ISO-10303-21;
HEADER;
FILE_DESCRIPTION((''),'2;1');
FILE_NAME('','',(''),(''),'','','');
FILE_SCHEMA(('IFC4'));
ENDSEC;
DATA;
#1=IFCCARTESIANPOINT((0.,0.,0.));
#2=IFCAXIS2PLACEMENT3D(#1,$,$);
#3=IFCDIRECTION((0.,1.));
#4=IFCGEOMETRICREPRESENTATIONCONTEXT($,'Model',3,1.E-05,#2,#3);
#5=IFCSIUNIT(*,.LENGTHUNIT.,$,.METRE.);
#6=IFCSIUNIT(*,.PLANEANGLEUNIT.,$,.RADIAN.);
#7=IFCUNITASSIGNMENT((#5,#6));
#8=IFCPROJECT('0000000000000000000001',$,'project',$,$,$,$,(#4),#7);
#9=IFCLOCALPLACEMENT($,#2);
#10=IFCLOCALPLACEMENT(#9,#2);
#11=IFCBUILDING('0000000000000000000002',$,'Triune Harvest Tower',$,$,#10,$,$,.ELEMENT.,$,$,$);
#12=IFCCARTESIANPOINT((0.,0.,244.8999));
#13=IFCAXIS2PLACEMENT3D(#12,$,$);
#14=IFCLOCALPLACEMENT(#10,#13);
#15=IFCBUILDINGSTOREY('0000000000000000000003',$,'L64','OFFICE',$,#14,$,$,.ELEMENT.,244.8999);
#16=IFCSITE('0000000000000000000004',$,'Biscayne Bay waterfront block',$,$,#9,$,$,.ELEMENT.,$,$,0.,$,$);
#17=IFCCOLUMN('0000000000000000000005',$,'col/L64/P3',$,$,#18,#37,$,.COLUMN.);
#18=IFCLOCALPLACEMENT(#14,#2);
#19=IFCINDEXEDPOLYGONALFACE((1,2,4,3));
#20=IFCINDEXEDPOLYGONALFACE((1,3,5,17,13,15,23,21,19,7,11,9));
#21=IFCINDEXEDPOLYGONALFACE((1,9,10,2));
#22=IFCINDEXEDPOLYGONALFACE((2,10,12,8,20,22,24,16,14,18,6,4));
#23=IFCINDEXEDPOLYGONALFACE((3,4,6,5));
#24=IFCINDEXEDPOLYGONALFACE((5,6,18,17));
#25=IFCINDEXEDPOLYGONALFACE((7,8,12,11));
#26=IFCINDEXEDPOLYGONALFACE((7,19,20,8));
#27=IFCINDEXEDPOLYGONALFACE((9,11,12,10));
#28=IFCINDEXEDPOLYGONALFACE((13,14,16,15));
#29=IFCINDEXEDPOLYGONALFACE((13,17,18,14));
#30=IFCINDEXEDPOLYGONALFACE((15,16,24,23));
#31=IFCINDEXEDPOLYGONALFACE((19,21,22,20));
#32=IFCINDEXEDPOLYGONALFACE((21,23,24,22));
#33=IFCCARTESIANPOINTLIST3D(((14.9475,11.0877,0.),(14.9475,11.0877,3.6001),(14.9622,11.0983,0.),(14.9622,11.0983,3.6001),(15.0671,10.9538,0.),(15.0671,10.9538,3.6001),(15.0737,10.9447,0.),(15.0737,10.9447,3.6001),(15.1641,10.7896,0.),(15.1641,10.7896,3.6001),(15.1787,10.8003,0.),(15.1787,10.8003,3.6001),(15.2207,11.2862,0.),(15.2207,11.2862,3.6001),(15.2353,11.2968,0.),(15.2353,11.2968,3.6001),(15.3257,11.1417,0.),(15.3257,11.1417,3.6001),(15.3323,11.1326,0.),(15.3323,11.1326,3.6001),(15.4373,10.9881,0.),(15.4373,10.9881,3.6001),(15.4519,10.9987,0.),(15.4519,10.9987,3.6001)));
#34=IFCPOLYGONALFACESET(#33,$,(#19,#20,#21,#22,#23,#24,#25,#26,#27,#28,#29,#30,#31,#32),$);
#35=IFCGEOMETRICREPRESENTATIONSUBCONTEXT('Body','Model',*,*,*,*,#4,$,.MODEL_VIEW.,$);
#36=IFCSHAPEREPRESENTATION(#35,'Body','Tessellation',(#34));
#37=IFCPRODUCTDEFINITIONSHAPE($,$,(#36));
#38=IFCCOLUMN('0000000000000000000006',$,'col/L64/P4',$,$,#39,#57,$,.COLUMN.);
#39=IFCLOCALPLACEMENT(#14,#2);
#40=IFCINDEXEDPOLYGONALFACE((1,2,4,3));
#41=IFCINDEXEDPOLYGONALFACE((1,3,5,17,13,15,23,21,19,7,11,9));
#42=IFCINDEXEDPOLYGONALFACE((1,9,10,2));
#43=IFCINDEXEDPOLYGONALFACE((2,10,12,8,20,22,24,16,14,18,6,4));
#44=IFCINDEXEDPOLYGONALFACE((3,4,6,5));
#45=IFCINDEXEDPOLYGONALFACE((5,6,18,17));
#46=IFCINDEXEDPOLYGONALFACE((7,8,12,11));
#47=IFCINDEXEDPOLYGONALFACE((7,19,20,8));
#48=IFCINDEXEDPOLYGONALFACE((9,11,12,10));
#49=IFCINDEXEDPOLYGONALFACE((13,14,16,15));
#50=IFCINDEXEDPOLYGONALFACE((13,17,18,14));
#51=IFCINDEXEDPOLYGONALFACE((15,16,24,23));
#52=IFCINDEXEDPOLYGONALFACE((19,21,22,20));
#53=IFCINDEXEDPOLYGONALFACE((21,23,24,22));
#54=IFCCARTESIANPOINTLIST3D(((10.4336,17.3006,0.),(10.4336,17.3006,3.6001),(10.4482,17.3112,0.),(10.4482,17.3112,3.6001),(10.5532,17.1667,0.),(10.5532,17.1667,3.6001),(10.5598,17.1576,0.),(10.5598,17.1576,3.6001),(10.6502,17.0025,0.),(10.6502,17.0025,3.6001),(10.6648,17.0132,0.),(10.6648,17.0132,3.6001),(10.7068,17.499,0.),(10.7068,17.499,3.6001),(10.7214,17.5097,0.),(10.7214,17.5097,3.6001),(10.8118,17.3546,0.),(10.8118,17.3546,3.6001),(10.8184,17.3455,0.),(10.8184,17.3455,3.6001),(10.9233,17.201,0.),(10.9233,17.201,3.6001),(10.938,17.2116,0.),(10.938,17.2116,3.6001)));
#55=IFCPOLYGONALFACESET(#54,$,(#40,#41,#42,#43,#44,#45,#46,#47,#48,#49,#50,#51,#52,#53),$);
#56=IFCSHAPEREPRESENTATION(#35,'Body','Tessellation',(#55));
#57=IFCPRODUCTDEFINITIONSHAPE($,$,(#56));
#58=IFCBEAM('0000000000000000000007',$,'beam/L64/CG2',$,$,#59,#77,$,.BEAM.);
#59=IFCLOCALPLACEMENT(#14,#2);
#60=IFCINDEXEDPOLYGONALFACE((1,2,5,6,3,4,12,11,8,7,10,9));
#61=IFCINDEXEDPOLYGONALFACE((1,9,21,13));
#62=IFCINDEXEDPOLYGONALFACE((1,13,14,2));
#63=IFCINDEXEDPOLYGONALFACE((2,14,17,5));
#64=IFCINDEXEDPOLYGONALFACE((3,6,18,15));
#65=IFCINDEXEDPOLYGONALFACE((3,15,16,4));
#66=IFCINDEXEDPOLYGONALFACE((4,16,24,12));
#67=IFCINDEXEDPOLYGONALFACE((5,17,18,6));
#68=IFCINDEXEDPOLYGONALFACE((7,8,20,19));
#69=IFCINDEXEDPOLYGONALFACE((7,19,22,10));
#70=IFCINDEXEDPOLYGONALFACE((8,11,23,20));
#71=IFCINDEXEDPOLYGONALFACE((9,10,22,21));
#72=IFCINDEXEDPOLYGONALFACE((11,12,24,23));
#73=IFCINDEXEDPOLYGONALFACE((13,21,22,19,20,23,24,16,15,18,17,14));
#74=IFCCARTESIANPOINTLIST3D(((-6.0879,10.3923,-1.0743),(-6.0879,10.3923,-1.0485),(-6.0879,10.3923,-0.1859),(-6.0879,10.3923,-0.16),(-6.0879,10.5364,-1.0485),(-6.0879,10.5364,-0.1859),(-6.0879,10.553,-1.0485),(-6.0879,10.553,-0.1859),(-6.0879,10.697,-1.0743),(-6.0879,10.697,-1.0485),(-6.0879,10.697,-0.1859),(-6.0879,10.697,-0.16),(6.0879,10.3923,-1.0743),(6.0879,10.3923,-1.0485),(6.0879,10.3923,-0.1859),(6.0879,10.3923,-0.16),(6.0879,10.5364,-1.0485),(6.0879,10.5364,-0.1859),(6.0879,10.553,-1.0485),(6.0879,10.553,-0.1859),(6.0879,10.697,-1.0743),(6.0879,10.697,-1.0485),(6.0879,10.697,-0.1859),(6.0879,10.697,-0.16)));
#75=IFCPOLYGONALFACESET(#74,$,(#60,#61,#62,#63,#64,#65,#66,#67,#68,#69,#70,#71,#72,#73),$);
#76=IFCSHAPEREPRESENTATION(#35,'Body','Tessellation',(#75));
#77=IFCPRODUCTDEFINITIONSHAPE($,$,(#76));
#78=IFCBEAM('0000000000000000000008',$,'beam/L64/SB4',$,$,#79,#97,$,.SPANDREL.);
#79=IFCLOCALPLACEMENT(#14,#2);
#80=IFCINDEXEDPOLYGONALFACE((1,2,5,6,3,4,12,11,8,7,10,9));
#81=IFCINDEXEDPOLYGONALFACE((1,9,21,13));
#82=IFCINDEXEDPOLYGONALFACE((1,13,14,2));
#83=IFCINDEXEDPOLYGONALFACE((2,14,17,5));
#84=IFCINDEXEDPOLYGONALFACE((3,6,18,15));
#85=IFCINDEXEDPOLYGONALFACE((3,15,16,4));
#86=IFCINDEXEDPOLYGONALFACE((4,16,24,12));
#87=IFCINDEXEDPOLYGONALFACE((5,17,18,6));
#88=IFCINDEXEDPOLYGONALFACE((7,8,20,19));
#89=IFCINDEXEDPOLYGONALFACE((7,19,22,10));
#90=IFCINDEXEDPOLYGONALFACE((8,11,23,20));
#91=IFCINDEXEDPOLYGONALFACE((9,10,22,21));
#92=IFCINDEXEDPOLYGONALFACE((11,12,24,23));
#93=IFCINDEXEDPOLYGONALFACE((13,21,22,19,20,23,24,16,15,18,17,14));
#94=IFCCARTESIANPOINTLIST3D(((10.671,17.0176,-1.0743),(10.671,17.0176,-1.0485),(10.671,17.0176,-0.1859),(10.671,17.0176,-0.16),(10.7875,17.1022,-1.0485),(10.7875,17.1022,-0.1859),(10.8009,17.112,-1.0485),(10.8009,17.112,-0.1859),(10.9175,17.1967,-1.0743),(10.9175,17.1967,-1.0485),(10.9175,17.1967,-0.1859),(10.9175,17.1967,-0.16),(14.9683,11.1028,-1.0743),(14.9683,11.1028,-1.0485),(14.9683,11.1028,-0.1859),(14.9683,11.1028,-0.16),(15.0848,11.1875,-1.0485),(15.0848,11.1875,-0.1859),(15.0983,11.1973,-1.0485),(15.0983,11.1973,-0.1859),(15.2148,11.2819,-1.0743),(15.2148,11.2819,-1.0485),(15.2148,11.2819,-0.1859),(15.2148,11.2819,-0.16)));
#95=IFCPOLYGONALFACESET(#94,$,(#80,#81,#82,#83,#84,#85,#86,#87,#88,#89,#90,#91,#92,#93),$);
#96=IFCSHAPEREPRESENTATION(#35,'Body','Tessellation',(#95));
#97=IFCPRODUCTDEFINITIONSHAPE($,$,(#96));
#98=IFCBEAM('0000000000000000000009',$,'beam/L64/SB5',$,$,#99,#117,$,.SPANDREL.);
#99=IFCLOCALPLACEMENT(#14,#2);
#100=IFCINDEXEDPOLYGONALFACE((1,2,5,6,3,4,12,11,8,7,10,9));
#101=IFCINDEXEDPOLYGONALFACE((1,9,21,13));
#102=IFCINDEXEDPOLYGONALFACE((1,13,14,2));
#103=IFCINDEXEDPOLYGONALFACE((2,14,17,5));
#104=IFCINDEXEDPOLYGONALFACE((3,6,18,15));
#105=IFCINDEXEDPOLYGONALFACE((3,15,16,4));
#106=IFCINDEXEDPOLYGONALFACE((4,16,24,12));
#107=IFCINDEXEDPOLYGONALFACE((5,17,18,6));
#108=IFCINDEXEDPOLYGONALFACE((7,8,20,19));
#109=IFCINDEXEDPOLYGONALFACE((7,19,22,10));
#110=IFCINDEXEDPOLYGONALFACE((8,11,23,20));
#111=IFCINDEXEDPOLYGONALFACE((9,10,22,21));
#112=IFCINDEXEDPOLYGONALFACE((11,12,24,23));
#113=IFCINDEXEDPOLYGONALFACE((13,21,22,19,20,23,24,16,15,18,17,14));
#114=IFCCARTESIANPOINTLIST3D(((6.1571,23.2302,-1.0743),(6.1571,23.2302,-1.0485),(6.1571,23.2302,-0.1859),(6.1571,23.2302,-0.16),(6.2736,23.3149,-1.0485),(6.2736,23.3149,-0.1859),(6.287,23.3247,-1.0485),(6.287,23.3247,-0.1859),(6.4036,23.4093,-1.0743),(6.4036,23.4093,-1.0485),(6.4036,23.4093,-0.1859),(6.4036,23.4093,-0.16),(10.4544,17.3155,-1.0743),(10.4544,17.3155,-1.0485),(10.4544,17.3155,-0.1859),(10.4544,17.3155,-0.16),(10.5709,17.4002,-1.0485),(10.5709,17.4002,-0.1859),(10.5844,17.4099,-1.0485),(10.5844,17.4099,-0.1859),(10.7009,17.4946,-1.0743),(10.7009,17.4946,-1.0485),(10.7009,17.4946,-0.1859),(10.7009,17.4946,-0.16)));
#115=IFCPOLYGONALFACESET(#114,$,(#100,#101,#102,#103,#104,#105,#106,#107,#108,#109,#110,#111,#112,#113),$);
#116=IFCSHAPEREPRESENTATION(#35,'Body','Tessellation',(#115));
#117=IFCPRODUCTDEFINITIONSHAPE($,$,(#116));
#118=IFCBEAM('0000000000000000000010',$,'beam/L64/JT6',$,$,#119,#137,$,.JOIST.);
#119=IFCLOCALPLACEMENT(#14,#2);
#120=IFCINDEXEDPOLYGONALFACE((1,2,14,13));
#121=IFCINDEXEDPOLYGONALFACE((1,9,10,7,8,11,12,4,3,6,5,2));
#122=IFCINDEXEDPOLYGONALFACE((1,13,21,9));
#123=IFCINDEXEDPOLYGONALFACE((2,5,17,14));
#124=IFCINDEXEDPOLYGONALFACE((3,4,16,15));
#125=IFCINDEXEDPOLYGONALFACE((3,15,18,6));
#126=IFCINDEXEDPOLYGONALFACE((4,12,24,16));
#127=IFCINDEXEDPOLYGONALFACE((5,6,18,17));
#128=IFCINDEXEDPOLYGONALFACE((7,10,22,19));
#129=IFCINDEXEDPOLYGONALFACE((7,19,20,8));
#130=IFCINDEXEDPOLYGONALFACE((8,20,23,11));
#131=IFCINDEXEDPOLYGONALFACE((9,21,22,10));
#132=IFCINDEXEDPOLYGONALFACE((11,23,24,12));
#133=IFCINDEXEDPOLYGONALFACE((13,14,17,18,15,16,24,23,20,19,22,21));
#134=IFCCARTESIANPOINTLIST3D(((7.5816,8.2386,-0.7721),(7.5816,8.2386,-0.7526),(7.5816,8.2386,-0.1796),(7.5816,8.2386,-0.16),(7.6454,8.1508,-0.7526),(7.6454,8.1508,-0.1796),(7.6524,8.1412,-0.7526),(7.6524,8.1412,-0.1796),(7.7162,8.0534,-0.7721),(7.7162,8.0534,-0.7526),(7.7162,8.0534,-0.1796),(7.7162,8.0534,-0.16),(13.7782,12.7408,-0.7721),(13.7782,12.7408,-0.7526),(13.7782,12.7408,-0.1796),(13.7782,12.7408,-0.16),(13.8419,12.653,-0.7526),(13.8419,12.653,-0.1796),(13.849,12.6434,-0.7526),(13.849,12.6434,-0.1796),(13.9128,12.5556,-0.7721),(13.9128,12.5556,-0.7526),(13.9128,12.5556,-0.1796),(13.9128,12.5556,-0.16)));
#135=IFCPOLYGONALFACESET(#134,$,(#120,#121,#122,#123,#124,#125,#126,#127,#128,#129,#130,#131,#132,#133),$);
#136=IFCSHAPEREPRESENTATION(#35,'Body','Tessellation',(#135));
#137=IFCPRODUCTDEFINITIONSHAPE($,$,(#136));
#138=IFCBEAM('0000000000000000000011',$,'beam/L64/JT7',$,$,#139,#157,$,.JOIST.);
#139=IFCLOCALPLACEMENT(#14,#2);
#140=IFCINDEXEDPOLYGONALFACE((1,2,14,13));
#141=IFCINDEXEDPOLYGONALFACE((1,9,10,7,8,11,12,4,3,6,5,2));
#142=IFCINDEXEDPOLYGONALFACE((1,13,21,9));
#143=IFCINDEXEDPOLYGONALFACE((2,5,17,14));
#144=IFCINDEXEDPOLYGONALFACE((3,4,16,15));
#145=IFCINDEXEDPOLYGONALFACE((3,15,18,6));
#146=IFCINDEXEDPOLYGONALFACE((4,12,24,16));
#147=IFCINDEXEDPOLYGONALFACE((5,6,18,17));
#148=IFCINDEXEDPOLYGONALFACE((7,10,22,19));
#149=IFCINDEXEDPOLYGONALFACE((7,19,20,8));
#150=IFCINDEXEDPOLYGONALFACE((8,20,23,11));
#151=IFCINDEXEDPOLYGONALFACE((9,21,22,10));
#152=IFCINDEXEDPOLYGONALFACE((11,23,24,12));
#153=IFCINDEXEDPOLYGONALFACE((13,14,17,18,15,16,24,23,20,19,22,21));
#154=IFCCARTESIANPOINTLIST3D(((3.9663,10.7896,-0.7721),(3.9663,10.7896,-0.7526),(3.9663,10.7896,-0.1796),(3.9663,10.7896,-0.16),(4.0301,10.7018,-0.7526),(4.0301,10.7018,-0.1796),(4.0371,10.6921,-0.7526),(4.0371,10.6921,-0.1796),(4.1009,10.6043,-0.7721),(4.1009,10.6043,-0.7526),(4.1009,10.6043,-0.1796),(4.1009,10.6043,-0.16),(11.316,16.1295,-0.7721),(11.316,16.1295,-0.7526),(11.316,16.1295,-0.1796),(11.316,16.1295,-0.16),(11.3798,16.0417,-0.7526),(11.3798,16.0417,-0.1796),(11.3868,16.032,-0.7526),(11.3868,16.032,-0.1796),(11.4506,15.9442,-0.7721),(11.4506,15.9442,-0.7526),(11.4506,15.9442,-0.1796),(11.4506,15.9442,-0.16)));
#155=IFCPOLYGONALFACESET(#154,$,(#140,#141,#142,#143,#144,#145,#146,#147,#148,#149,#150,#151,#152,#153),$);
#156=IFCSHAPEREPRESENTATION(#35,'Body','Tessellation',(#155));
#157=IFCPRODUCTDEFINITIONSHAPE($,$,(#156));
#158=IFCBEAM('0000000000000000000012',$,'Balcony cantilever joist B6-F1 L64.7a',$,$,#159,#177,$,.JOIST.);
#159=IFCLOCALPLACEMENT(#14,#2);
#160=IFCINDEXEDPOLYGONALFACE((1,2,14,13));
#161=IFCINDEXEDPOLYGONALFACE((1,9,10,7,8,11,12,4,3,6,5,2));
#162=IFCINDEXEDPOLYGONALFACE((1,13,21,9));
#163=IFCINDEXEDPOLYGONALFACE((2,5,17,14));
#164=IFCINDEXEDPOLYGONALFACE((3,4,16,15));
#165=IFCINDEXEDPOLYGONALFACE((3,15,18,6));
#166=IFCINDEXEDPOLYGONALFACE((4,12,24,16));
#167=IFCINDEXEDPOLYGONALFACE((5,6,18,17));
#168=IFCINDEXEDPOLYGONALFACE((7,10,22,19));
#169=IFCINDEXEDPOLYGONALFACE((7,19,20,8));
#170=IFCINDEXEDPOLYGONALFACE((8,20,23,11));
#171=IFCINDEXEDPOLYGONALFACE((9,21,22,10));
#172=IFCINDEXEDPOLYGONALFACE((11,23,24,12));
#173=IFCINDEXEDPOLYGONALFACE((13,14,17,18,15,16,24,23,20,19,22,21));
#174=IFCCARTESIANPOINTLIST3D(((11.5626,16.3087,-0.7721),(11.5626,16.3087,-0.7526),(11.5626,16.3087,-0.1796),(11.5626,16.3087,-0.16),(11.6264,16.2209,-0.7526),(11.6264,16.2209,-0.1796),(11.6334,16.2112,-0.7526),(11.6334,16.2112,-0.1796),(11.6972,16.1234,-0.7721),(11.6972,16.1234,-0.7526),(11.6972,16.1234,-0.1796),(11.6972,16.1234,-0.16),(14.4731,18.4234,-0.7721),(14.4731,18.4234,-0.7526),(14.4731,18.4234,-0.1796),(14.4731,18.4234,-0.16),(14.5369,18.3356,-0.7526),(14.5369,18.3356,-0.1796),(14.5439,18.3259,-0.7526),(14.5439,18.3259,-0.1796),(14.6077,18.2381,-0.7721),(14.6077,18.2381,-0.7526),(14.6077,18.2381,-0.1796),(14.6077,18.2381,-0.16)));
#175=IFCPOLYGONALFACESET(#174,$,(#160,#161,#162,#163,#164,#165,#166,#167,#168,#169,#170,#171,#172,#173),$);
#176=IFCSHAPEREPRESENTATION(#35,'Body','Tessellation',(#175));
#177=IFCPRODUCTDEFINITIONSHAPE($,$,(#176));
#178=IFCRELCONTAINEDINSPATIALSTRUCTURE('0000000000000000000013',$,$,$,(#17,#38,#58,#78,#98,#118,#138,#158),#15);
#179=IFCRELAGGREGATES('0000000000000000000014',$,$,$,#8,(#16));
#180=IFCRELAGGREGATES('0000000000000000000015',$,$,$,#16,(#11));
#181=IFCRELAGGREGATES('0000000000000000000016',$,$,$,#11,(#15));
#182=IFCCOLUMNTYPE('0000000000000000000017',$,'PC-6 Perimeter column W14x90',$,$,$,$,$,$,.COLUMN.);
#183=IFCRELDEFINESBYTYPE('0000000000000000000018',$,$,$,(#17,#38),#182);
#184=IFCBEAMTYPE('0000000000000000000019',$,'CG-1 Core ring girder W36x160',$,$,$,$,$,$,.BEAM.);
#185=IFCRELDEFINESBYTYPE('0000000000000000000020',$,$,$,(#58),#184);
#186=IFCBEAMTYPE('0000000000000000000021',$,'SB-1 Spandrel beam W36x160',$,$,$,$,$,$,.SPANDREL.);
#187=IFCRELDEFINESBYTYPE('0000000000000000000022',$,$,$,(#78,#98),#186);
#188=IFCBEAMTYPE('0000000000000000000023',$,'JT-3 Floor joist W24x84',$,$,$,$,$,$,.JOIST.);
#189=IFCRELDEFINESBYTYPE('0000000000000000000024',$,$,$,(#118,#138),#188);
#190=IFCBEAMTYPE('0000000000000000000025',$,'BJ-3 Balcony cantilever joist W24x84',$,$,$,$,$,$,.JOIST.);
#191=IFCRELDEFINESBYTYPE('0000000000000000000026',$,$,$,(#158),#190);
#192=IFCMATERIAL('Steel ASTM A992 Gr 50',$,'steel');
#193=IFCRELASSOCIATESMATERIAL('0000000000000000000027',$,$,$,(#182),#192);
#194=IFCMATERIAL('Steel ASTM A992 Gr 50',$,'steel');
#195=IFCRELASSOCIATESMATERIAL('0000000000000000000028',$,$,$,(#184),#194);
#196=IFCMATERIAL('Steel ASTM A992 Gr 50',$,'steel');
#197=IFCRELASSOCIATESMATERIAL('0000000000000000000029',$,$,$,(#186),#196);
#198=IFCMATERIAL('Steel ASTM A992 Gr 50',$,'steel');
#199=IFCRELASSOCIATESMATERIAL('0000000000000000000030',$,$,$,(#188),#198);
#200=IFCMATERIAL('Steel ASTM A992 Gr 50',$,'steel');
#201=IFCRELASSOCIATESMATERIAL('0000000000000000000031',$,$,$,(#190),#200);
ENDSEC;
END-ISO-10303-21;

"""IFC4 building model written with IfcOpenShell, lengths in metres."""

from ifc_helpers import new_model, si_unit, direction, frame, origin, origin_2d, place, context, subcontext, project, spatial, i_section, extrude, source, transform, mapped, material, material_profile, profile_set, type_object, element, save


model = new_model("IFC4")

# Units and contexts
model_context = context("Model", 3, precision=1e-05, world=origin(), true_north=direction((0.0, 1.0)))
body_context = subcontext(model_context, "Body", "Model", "MODEL_VIEW")
ifc_project = project(units=[si_unit("LENGTHUNIT", "METRE"), si_unit("PLANEANGLEUNIT", "RADIAN")], contexts=[model_context])

# Site, building, storey
site_placement = place(None, origin())
site = spatial("IfcSite", under=ifc_project, at=site_placement, Name="Biscayne Bay waterfront block", CompositionType="ELEMENT", RefElevation=0.0)
building_placement = place(site_placement, origin())
building = spatial("IfcBuilding", under=site, at=building_placement, Name="Triune Harvest Tower", CompositionType="ELEMENT")
storey_placement = place(building_placement, frame((0.0, 0.0, 244.8999)))
storey = spatial("IfcBuildingStorey", under=building, at=storey_placement, Name="L64", Description="OFFICE", CompositionType="ELEMENT", Elevation=244.8999)

# Columns
ifc_material_1 = material(Name="Steel ASTM A992 Gr 50", Category="steel")
ifc_material_profile_1 = material_profile(ifc_material_1, i_section(OverallWidth=0.3684, OverallDepth=0.3557, WebThickness=0.0112, FlangeThickness=0.0181, at=origin_2d()), Name="W14x90")
ifc_profile_set_1 = profile_set([ifc_material_profile_1], Name="Steel ASTM A992 Gr 50")
column_type = type_object("IfcColumnType", Name="PC-6 Perimeter column W14x90", PredefinedType="COLUMN", material=ifc_profile_set_1)
shared_shape_1 = source(origin(), body_context, "Body", "SweptSolid", [
    extrude(i_section(OverallWidth=0.3684, OverallDepth=0.3557, WebThickness=0.0112, FlangeThickness=0.0181, at=origin_2d()), origin(), (0.0, 0.0, 1.0), 3.6001),
])
for number, where, z_axis, x_axis, name in (
    (1, (15.1997, 11.0432, 0.0), (0.0, 0.0, 1.0), (-0.587785, 0.809017, 0.0), "col/L64/P3"),
    (2, (10.6858, 17.2561, 0.0), (0.0, 0.0, 1.0), (-0.587785, 0.809017, 0.0), "col/L64/P4"),
):
    element("IfcColumn", number, at=place(storey_placement, frame(where, z_axis=z_axis, x_axis=x_axis)), inside=storey, type_object=column_type, Name=name, PredefinedType="COLUMN", context=body_context, shape_type="MappedRepresentation", body=[
        mapped(shared_shape_1, transform((0.0, 0.0, 0.0), scale=1.0)),
    ])

# Beams
ifc_material_2 = material(Name="Steel ASTM A992 Gr 50", Category="steel")
ifc_material_profile_2 = material_profile(ifc_material_2, i_section(OverallWidth=0.3047, OverallDepth=0.9143, WebThickness=0.0166, FlangeThickness=0.0259, at=origin_2d()), Name="W36x160")
ifc_profile_set_2 = profile_set([ifc_material_profile_2], Name="Steel ASTM A992 Gr 50")
beam_type_1 = type_object("IfcBeamType", Name="CG-1 Core ring girder W36x160", PredefinedType="BEAM", material=ifc_profile_set_2)
shared_shape_2 = source(origin(), body_context, "Body", "SweptSolid", [
    extrude(i_section(OverallWidth=0.3047, OverallDepth=0.9143, WebThickness=0.0166, FlangeThickness=0.0259, at=origin_2d()), origin(), (0.0, 0.0, 1.0), 12.1758),
])
beam_1_placement = place(storey_placement, frame((6.0879, 10.5447, -0.6172), z_axis=(-1.0, 0.0, 0.0), x_axis=(0.0, -1.0, 0.0)))
element("IfcBeam", 3, at=beam_1_placement, inside=storey, type_object=beam_type_1, Name="beam/L64/CG2", PredefinedType="BEAM", context=body_context, shape_type="MappedRepresentation", body=[
    mapped(shared_shape_2, transform((0.0, 0.0, 0.0), scale=1.0)),
])
ifc_material_3 = material(Name="Steel ASTM A992 Gr 50", Category="steel")
ifc_material_profile_3 = material_profile(ifc_material_3, i_section(OverallWidth=0.3047, OverallDepth=0.9143, WebThickness=0.0166, FlangeThickness=0.0259, at=origin_2d()), Name="W36x160")
ifc_profile_set_3 = profile_set([ifc_material_profile_3], Name="Steel ASTM A992 Gr 50")
beam_type_2 = type_object("IfcBeamType", Name="SB-1 Spandrel beam W36x160", PredefinedType="SPANDREL", material=ifc_profile_set_3)
shared_shape_3 = source(origin(), body_context, "Body", "SweptSolid", [
    extrude(i_section(OverallWidth=0.3047, OverallDepth=0.9143, WebThickness=0.0166, FlangeThickness=0.0259, at=origin_2d()), origin(), (0.0, 0.0, 1.0), 7.311),
])
for number, where, z_axis, x_axis, name in (
    (4, (15.0916, 11.1924, -0.6172), (-0.587786, 0.809016, 0.0), (-0.809016, -0.587786, 0.0), "beam/L64/SB4"),
    (5, (10.5776, 17.405, -0.6172), (-0.587786, 0.809016, 0.0), (-0.809016, -0.587786, 0.0), "beam/L64/SB5"),
):
    element("IfcBeam", number, at=place(storey_placement, frame(where, z_axis=z_axis, x_axis=x_axis)), inside=storey, type_object=beam_type_2, Name=name, PredefinedType="SPANDREL", context=body_context, shape_type="MappedRepresentation", body=[
        mapped(shared_shape_3, transform((0.0, 0.0, 0.0), scale=1.0)),
    ])
ifc_material_4 = material(Name="Steel ASTM A992 Gr 50", Category="steel")
ifc_material_profile_4 = material_profile(ifc_material_4, i_section(OverallWidth=0.229, OverallDepth=0.6121, WebThickness=0.012, FlangeThickness=0.0195, at=origin_2d()), Name="W24x84")
ifc_profile_set_4 = profile_set([ifc_material_profile_4], Name="Steel ASTM A992 Gr 50")
beam_type_3 = type_object("IfcBeamType", Name="JT-3 Floor joist W24x84", PredefinedType="JOIST", material=ifc_profile_set_4)
shared_shape_4 = source(origin(), body_context, "Body", "SweptSolid", [
    extrude(i_section(OverallWidth=0.229, OverallDepth=0.6121, WebThickness=0.012, FlangeThickness=0.0195, at=origin_2d()), origin(), (0.0, 0.0, 1.0), 7.6594),
])
beam_2_placement = place(storey_placement, frame((13.8455, 12.6482, -0.4661), z_axis=(-0.809008, -0.587798, 0.0), x_axis=(0.587798, -0.809008, 0.0)))
element("IfcBeam", 6, at=beam_2_placement, inside=storey, type_object=beam_type_3, Name="beam/L64/JT6", PredefinedType="JOIST", context=body_context, shape_type="MappedRepresentation", body=[
    mapped(shared_shape_4, transform((0.0, 0.0, 0.0), scale=1.0)),
])
shared_shape_5 = source(origin(), body_context, "Body", "SweptSolid", [
    extrude(i_section(OverallWidth=0.229, OverallDepth=0.6121, WebThickness=0.012, FlangeThickness=0.0195, at=origin_2d()), origin(), (0.0, 0.0, 1.0), 9.0847),
])
beam_3_placement = place(storey_placement, frame((11.3833, 16.0369, -0.4661), z_axis=(-0.809015, -0.587788, 0.0), x_axis=(0.587788, -0.809015, 0.0)))
element("IfcBeam", 7, at=beam_3_placement, inside=storey, type_object=beam_type_3, Name="beam/L64/JT7", PredefinedType="JOIST", context=body_context, shape_type="MappedRepresentation", body=[
    mapped(shared_shape_5, transform((0.0, 0.0, 0.0), scale=1.0)),
])
ifc_material_5 = material(Name="Steel ASTM A992 Gr 50", Category="steel")
ifc_material_profile_5 = material_profile(ifc_material_5, i_section(OverallWidth=0.229, OverallDepth=0.6121, WebThickness=0.012, FlangeThickness=0.0195, at=origin_2d()), Name="W24x84")
ifc_profile_set_5 = profile_set([ifc_material_profile_5], Name="Steel ASTM A992 Gr 50")
beam_type_4 = type_object("IfcBeamType", Name="BJ-3 Balcony cantilever joist W24x84", PredefinedType="JOIST", material=ifc_profile_set_5)
shared_shape_6 = source(origin(), body_context, "Body", "SweptSolid", [
    extrude(i_section(OverallWidth=0.229, OverallDepth=0.6121, WebThickness=0.012, FlangeThickness=0.0195, at=origin_2d()), origin(), (0.0, 0.0, 1.0), 3.5977),
])
for number, where, z_axis, x_axis, name in (
    (8, (11.6299, 16.2161, -0.4661), (0.809012, 0.587792, 0.0), (-0.587792, 0.809012, 0.0), "Balcony cantilever joist B6-F1 L64.7a"),
):
    element("IfcBeam", number, at=place(storey_placement, frame(where, z_axis=z_axis, x_axis=x_axis)), inside=storey, type_object=beam_type_4, Name=name, PredefinedType="JOIST", context=body_context, shape_type="MappedRepresentation", body=[
        mapped(shared_shape_6, transform((0.0, 0.0, 0.0), scale=1.0)),
    ])

save(model, "model.ifc")
